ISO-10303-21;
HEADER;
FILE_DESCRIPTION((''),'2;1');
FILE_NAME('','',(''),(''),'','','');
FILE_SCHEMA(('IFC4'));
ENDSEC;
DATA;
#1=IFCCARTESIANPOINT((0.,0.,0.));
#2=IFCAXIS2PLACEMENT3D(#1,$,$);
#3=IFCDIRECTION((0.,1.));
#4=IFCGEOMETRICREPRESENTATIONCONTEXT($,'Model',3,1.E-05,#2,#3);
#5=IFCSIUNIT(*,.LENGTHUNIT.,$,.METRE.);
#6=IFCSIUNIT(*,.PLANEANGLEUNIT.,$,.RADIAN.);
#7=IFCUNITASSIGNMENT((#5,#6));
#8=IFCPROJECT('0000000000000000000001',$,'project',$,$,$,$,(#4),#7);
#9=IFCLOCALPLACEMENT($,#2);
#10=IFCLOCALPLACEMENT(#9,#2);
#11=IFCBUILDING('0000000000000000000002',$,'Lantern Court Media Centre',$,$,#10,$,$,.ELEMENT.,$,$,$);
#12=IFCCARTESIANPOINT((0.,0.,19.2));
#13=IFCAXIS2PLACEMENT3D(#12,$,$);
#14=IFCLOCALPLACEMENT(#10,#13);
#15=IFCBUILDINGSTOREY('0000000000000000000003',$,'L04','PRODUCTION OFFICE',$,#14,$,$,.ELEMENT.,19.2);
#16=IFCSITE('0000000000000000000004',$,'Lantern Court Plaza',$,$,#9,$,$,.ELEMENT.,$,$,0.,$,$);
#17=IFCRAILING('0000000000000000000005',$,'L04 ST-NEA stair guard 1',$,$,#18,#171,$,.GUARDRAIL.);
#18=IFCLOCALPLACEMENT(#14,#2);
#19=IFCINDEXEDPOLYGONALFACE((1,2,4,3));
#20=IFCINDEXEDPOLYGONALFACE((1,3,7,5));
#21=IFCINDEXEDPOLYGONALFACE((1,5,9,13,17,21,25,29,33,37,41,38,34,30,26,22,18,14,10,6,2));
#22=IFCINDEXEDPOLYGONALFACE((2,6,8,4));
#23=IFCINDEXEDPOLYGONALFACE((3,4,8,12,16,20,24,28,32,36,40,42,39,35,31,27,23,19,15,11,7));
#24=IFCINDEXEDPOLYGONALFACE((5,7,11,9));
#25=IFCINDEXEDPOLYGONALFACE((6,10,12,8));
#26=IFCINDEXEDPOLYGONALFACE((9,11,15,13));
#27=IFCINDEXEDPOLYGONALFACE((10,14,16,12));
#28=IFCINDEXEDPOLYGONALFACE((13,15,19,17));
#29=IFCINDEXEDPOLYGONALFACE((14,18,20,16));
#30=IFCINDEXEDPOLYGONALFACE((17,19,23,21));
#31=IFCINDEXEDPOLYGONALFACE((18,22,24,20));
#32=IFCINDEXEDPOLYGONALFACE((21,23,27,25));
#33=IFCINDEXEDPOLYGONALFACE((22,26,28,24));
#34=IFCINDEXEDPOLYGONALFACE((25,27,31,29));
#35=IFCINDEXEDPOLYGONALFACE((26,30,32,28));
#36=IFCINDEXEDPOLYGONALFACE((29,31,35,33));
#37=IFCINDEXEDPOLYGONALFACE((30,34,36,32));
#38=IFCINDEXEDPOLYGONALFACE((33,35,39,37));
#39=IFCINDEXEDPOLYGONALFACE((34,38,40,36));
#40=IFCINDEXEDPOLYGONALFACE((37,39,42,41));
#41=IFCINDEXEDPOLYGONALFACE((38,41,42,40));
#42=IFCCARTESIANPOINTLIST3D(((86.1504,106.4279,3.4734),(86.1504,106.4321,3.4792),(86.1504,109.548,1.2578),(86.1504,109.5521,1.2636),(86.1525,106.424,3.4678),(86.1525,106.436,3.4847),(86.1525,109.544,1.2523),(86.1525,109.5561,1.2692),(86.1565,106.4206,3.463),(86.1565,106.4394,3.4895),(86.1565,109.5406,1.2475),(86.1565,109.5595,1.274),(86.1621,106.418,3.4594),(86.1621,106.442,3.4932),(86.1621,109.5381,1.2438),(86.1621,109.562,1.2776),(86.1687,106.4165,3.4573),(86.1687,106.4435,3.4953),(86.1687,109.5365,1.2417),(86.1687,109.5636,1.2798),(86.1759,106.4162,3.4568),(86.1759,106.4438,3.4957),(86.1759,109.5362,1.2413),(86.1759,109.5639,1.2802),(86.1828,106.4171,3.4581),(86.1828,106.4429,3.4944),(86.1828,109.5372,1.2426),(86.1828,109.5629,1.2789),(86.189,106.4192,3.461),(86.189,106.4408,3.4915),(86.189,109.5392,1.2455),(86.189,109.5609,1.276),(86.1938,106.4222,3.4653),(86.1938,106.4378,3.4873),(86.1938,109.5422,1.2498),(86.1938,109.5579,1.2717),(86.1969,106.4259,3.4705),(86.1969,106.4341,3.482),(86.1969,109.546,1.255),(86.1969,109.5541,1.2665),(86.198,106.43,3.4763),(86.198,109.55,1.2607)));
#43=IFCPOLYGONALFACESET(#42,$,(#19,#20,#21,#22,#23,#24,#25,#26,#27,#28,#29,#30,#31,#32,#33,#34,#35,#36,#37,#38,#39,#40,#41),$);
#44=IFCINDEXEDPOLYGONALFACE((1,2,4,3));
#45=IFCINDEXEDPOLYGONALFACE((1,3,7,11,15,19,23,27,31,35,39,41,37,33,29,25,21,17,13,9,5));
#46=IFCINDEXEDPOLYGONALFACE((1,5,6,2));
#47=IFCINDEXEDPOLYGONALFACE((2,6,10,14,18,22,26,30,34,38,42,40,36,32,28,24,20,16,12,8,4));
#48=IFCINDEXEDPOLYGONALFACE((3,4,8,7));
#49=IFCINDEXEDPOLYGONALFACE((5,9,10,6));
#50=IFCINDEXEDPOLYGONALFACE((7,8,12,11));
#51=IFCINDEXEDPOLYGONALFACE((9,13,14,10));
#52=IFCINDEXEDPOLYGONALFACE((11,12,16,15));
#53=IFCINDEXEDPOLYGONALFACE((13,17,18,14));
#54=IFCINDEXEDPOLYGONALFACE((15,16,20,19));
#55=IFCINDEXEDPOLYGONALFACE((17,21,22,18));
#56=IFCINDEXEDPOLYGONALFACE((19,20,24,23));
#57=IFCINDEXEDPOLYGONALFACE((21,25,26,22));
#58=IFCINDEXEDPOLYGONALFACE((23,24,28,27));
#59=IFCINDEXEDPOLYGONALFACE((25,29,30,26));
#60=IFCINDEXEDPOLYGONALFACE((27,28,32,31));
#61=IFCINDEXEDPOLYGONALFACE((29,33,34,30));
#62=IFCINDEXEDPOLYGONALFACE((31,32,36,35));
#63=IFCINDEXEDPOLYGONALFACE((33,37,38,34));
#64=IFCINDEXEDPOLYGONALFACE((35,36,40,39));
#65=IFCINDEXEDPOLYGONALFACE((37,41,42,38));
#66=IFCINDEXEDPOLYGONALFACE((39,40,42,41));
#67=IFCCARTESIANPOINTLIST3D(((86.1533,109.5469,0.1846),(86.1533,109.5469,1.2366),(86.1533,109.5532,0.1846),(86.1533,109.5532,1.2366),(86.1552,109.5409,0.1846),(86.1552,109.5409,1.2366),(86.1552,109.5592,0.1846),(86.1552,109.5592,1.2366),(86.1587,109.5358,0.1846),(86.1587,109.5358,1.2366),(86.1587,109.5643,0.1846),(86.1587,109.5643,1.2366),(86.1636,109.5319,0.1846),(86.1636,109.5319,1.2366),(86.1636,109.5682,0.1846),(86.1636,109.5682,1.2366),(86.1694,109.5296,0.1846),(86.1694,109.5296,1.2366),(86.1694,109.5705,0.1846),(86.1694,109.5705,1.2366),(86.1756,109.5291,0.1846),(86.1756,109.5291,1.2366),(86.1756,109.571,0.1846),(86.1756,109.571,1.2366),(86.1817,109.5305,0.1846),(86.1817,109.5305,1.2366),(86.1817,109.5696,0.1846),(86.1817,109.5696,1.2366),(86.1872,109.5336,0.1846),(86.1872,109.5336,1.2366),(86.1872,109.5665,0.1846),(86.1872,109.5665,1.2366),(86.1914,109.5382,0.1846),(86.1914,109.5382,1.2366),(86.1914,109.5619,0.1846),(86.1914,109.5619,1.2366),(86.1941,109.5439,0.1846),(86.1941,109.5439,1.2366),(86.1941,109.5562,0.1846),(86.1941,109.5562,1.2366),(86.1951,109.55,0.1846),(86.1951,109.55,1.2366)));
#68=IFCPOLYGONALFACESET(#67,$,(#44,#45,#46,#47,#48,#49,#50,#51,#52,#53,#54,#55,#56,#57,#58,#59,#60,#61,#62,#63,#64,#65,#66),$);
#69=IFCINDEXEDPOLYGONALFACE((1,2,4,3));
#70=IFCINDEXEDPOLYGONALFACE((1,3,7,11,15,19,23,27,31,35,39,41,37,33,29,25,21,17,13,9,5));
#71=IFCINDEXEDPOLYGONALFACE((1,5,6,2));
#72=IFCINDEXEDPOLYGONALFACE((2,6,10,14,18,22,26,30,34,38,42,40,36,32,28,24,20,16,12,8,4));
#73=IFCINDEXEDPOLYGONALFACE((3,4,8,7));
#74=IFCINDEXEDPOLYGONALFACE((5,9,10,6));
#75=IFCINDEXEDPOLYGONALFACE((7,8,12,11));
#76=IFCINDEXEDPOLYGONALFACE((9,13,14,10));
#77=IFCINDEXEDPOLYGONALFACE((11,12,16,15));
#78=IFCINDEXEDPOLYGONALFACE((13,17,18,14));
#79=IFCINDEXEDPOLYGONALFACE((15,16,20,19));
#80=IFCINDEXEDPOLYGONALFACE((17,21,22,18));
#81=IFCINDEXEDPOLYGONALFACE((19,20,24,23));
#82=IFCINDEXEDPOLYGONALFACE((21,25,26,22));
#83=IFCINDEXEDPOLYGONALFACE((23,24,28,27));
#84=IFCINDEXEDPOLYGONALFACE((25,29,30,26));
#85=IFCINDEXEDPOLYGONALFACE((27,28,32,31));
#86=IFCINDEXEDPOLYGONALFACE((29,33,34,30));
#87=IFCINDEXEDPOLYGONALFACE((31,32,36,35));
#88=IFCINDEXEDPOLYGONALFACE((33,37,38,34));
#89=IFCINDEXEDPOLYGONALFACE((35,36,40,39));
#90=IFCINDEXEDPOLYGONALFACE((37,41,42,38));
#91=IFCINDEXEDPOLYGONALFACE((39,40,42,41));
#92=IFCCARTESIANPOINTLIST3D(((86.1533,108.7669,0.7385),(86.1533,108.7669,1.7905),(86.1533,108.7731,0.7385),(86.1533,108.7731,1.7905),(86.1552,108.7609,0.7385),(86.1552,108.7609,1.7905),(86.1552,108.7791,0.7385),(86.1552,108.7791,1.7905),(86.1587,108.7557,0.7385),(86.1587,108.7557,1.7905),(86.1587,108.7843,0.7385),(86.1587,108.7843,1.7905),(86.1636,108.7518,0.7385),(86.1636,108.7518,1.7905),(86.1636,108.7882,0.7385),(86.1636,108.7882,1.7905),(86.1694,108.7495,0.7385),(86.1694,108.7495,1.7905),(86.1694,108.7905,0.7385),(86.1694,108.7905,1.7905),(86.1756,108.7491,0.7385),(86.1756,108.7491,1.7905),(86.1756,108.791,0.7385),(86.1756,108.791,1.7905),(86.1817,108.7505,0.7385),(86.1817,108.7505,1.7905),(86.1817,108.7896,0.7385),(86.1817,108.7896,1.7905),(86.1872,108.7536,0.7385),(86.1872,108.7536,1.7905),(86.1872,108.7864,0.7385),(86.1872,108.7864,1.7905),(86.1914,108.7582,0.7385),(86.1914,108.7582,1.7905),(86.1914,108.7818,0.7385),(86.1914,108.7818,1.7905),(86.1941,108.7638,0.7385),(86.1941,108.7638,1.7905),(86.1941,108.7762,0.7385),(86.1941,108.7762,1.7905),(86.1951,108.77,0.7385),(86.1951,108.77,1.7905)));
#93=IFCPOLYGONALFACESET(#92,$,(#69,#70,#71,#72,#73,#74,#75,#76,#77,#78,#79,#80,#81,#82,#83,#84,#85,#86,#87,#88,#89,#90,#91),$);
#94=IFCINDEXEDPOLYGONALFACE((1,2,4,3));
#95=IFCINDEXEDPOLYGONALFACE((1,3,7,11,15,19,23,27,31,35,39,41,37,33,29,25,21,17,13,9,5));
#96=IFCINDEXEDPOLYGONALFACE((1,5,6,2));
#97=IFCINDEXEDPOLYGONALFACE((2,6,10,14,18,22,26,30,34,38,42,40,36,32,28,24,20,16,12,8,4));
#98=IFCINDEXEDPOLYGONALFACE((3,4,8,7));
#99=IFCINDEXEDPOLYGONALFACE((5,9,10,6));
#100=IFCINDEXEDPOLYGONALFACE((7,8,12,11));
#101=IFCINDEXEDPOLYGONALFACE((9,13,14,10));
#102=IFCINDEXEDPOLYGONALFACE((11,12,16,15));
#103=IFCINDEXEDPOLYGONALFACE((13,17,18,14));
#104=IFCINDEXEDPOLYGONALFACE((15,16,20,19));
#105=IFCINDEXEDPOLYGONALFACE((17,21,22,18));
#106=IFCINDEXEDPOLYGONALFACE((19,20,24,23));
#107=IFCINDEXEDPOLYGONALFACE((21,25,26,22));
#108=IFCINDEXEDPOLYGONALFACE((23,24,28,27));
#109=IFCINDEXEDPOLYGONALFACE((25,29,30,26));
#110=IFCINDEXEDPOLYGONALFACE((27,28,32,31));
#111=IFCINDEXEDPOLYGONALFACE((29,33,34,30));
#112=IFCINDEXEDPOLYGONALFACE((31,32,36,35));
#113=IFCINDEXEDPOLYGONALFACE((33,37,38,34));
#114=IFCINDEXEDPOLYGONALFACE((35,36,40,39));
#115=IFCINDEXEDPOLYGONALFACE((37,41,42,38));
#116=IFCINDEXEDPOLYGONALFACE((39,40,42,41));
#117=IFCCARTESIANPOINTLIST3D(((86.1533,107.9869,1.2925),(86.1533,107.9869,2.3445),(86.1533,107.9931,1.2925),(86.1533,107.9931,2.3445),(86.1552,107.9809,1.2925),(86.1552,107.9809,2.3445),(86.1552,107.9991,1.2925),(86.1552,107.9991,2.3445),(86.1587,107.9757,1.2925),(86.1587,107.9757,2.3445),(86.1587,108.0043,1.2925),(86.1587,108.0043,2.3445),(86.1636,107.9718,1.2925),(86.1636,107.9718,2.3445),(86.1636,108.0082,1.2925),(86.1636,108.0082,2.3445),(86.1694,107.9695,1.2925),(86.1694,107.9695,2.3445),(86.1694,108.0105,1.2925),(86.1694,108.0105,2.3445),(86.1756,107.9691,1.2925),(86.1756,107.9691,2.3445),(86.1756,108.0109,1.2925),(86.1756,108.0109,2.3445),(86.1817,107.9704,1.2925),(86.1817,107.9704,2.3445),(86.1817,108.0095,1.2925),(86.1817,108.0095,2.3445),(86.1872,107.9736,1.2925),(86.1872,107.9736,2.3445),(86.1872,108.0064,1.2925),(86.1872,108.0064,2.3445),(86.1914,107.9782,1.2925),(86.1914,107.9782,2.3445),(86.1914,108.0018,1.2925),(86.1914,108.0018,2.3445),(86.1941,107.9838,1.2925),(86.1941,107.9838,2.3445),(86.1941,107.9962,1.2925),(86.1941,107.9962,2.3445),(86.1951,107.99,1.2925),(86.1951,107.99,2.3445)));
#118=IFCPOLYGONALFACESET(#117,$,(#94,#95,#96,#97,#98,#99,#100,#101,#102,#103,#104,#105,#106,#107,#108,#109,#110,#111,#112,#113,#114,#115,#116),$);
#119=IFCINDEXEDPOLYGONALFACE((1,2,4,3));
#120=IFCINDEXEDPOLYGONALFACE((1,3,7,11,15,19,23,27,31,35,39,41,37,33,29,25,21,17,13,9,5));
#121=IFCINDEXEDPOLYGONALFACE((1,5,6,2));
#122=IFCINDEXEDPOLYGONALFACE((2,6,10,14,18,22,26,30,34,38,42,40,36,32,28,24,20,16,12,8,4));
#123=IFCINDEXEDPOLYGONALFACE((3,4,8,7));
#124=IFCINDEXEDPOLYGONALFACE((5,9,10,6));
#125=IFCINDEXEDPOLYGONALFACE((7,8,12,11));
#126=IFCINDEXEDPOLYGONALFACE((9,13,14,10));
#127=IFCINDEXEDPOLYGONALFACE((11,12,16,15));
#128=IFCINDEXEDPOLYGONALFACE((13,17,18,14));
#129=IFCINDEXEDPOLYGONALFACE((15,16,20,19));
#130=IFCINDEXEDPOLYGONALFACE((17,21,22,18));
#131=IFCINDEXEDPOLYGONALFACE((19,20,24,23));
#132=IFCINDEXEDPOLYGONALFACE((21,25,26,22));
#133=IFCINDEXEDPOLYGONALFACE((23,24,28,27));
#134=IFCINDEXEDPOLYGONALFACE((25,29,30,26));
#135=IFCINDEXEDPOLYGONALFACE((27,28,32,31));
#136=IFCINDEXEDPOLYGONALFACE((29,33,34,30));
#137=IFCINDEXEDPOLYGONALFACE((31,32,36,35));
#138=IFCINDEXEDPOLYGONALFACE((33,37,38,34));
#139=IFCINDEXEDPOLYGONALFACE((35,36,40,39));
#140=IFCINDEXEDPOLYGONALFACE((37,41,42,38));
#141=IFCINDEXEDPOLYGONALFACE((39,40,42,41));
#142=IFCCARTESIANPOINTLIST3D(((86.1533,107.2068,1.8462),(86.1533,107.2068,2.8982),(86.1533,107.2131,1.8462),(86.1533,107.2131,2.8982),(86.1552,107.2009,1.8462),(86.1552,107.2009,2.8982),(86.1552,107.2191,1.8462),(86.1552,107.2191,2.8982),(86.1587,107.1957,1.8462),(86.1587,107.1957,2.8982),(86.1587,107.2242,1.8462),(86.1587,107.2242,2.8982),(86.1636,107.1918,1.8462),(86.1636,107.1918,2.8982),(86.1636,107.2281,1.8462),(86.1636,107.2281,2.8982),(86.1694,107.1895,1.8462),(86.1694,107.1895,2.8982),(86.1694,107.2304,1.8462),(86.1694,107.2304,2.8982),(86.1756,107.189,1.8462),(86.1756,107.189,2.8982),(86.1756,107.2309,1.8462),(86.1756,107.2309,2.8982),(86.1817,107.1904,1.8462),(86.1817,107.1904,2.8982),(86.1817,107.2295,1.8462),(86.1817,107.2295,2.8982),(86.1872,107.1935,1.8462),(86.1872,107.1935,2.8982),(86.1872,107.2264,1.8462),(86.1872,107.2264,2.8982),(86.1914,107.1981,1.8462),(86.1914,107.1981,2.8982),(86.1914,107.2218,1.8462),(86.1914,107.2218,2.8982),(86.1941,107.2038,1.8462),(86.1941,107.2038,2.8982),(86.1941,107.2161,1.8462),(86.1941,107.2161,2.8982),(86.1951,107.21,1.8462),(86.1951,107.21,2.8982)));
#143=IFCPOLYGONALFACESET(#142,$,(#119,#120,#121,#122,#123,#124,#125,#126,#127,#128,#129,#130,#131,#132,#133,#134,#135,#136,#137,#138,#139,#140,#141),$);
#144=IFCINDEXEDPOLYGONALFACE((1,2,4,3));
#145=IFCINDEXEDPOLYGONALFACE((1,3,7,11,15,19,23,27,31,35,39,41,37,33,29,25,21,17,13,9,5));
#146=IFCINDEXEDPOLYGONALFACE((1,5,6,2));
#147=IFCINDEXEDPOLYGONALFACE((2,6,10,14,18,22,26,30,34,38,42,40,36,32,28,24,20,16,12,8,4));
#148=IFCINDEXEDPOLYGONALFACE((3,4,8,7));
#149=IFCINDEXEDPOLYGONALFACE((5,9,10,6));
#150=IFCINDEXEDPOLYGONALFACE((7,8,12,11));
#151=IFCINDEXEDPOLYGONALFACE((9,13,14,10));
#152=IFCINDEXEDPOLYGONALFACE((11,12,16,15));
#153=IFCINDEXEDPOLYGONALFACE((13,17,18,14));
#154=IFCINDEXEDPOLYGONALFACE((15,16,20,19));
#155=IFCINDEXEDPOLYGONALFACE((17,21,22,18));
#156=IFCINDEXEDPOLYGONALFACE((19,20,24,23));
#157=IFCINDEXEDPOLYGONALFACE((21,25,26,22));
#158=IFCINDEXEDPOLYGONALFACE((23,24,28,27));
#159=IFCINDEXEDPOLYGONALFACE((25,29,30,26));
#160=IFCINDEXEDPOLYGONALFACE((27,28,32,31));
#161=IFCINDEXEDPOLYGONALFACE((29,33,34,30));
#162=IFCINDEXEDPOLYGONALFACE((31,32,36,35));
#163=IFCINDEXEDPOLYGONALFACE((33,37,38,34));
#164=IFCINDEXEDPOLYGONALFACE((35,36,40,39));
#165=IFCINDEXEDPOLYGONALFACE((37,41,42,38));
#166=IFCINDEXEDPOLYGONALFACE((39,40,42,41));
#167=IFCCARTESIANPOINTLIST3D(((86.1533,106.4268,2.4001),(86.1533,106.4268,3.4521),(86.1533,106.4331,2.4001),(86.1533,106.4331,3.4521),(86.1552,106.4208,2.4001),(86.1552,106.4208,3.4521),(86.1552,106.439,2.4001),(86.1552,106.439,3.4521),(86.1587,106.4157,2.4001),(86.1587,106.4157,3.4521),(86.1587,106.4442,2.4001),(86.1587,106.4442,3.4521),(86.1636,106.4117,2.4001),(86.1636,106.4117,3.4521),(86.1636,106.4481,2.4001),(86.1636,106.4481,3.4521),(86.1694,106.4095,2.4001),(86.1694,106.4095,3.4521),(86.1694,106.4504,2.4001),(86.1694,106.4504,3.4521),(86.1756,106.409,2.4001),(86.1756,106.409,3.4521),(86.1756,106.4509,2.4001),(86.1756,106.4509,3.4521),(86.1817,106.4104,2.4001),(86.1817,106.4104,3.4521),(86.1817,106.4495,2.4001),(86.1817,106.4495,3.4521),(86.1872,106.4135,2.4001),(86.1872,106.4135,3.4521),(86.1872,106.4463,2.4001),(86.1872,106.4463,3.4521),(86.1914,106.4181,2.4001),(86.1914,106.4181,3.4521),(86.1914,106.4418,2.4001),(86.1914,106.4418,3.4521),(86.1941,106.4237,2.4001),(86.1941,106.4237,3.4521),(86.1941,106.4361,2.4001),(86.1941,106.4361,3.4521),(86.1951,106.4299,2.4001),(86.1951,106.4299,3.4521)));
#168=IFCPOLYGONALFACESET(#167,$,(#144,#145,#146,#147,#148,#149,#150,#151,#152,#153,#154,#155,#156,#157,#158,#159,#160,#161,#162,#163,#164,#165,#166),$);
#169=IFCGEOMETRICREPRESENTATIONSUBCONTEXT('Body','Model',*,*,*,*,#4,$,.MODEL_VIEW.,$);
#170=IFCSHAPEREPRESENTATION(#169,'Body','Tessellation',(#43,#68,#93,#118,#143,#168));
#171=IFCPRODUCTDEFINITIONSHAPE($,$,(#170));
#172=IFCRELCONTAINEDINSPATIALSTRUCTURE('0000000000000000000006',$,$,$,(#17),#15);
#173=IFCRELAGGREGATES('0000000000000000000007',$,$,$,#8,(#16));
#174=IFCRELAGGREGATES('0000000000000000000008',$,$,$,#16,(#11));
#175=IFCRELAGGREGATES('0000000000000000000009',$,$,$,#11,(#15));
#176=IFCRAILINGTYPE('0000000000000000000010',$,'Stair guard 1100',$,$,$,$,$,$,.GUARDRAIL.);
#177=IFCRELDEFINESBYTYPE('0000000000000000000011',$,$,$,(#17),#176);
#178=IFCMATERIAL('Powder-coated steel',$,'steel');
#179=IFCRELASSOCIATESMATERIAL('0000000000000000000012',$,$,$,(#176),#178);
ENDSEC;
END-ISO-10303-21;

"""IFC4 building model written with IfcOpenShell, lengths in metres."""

from ifc_helpers import new_model, si_unit, direction, frame, origin, origin_2d, place, context, subcontext, project, spatial, circle, extrude, material, type_object, element, save


model = new_model("IFC4")

# Units and contexts
model_context = context("Model", 3, precision=1e-05, world=origin(), true_north=direction((0.0, 1.0)))
body_context = subcontext(model_context, "Body", "Model", "MODEL_VIEW")
ifc_project = project(units=[si_unit("LENGTHUNIT", "METRE"), si_unit("PLANEANGLEUNIT", "RADIAN")], contexts=[model_context])

# Site, building, storey
site_placement = place(None, origin())
site = spatial("IfcSite", under=ifc_project, at=site_placement, Name="Lantern Court Plaza", CompositionType="ELEMENT", RefElevation=0.0)
building_placement = place(site_placement, origin())
building = spatial("IfcBuilding", under=site, at=building_placement, Name="Lantern Court Media Centre", CompositionType="ELEMENT")
storey_placement = place(building_placement, frame((0.0, 0.0, 19.2)))
storey = spatial("IfcBuildingStorey", under=building, at=storey_placement, Name="L04", Description="PRODUCTION OFFICE", CompositionType="ELEMENT", Elevation=19.2)

# Shared definitions
ifc_material_1 = material(Name="Powder-coated steel", Category="steel")

# Railing
railing_type_1 = type_object("IfcRailingType", Name="Stair guard 1100", PredefinedType="GUARDRAIL", material=ifc_material_1)
railing_1_placement = place(storey_placement, frame((86.1741, 109.55, 0.1846)))
element("IfcRailing", 1, at=railing_1_placement, inside=storey, type_object=railing_type_1, Name="L04 ST-NEA stair guard 1", PredefinedType="GUARDRAIL", context=body_context, shape_type="SweptSolid", body=[
    extrude(circle(Radius=0.0239, at=origin_2d()), frame((0.0, 0.0, 1.0762), z_axis=(0.0, -0.815347, 0.578973), x_axis=(1.0, 0.0, 0.0)), (0.0, 0.0, 1.0), 3.8267),
    extrude(circle(Radius=0.021, at=origin_2d()), origin(), (0.0, 0.0, 1.0), 1.052),
    extrude(circle(Radius=0.021, at=origin_2d()), frame((0.0, -0.78, 0.554)), (0.0, 0.0, 1.0), 1.052),
    extrude(circle(Radius=0.021, at=origin_2d()), frame((0.0, -1.5601, 1.1079)), (0.0, 0.0, 1.0), 1.052),
    extrude(circle(Radius=0.021, at=origin_2d()), frame((0.0, -2.3401, 1.6616)), (0.0, 0.0, 1.0), 1.052),
    extrude(circle(Radius=0.021, at=origin_2d()), frame((0.0, -3.1201, 2.2156)), (0.0, 0.0, 1.0), 1.052),
])

save(model, "model.ifc")
